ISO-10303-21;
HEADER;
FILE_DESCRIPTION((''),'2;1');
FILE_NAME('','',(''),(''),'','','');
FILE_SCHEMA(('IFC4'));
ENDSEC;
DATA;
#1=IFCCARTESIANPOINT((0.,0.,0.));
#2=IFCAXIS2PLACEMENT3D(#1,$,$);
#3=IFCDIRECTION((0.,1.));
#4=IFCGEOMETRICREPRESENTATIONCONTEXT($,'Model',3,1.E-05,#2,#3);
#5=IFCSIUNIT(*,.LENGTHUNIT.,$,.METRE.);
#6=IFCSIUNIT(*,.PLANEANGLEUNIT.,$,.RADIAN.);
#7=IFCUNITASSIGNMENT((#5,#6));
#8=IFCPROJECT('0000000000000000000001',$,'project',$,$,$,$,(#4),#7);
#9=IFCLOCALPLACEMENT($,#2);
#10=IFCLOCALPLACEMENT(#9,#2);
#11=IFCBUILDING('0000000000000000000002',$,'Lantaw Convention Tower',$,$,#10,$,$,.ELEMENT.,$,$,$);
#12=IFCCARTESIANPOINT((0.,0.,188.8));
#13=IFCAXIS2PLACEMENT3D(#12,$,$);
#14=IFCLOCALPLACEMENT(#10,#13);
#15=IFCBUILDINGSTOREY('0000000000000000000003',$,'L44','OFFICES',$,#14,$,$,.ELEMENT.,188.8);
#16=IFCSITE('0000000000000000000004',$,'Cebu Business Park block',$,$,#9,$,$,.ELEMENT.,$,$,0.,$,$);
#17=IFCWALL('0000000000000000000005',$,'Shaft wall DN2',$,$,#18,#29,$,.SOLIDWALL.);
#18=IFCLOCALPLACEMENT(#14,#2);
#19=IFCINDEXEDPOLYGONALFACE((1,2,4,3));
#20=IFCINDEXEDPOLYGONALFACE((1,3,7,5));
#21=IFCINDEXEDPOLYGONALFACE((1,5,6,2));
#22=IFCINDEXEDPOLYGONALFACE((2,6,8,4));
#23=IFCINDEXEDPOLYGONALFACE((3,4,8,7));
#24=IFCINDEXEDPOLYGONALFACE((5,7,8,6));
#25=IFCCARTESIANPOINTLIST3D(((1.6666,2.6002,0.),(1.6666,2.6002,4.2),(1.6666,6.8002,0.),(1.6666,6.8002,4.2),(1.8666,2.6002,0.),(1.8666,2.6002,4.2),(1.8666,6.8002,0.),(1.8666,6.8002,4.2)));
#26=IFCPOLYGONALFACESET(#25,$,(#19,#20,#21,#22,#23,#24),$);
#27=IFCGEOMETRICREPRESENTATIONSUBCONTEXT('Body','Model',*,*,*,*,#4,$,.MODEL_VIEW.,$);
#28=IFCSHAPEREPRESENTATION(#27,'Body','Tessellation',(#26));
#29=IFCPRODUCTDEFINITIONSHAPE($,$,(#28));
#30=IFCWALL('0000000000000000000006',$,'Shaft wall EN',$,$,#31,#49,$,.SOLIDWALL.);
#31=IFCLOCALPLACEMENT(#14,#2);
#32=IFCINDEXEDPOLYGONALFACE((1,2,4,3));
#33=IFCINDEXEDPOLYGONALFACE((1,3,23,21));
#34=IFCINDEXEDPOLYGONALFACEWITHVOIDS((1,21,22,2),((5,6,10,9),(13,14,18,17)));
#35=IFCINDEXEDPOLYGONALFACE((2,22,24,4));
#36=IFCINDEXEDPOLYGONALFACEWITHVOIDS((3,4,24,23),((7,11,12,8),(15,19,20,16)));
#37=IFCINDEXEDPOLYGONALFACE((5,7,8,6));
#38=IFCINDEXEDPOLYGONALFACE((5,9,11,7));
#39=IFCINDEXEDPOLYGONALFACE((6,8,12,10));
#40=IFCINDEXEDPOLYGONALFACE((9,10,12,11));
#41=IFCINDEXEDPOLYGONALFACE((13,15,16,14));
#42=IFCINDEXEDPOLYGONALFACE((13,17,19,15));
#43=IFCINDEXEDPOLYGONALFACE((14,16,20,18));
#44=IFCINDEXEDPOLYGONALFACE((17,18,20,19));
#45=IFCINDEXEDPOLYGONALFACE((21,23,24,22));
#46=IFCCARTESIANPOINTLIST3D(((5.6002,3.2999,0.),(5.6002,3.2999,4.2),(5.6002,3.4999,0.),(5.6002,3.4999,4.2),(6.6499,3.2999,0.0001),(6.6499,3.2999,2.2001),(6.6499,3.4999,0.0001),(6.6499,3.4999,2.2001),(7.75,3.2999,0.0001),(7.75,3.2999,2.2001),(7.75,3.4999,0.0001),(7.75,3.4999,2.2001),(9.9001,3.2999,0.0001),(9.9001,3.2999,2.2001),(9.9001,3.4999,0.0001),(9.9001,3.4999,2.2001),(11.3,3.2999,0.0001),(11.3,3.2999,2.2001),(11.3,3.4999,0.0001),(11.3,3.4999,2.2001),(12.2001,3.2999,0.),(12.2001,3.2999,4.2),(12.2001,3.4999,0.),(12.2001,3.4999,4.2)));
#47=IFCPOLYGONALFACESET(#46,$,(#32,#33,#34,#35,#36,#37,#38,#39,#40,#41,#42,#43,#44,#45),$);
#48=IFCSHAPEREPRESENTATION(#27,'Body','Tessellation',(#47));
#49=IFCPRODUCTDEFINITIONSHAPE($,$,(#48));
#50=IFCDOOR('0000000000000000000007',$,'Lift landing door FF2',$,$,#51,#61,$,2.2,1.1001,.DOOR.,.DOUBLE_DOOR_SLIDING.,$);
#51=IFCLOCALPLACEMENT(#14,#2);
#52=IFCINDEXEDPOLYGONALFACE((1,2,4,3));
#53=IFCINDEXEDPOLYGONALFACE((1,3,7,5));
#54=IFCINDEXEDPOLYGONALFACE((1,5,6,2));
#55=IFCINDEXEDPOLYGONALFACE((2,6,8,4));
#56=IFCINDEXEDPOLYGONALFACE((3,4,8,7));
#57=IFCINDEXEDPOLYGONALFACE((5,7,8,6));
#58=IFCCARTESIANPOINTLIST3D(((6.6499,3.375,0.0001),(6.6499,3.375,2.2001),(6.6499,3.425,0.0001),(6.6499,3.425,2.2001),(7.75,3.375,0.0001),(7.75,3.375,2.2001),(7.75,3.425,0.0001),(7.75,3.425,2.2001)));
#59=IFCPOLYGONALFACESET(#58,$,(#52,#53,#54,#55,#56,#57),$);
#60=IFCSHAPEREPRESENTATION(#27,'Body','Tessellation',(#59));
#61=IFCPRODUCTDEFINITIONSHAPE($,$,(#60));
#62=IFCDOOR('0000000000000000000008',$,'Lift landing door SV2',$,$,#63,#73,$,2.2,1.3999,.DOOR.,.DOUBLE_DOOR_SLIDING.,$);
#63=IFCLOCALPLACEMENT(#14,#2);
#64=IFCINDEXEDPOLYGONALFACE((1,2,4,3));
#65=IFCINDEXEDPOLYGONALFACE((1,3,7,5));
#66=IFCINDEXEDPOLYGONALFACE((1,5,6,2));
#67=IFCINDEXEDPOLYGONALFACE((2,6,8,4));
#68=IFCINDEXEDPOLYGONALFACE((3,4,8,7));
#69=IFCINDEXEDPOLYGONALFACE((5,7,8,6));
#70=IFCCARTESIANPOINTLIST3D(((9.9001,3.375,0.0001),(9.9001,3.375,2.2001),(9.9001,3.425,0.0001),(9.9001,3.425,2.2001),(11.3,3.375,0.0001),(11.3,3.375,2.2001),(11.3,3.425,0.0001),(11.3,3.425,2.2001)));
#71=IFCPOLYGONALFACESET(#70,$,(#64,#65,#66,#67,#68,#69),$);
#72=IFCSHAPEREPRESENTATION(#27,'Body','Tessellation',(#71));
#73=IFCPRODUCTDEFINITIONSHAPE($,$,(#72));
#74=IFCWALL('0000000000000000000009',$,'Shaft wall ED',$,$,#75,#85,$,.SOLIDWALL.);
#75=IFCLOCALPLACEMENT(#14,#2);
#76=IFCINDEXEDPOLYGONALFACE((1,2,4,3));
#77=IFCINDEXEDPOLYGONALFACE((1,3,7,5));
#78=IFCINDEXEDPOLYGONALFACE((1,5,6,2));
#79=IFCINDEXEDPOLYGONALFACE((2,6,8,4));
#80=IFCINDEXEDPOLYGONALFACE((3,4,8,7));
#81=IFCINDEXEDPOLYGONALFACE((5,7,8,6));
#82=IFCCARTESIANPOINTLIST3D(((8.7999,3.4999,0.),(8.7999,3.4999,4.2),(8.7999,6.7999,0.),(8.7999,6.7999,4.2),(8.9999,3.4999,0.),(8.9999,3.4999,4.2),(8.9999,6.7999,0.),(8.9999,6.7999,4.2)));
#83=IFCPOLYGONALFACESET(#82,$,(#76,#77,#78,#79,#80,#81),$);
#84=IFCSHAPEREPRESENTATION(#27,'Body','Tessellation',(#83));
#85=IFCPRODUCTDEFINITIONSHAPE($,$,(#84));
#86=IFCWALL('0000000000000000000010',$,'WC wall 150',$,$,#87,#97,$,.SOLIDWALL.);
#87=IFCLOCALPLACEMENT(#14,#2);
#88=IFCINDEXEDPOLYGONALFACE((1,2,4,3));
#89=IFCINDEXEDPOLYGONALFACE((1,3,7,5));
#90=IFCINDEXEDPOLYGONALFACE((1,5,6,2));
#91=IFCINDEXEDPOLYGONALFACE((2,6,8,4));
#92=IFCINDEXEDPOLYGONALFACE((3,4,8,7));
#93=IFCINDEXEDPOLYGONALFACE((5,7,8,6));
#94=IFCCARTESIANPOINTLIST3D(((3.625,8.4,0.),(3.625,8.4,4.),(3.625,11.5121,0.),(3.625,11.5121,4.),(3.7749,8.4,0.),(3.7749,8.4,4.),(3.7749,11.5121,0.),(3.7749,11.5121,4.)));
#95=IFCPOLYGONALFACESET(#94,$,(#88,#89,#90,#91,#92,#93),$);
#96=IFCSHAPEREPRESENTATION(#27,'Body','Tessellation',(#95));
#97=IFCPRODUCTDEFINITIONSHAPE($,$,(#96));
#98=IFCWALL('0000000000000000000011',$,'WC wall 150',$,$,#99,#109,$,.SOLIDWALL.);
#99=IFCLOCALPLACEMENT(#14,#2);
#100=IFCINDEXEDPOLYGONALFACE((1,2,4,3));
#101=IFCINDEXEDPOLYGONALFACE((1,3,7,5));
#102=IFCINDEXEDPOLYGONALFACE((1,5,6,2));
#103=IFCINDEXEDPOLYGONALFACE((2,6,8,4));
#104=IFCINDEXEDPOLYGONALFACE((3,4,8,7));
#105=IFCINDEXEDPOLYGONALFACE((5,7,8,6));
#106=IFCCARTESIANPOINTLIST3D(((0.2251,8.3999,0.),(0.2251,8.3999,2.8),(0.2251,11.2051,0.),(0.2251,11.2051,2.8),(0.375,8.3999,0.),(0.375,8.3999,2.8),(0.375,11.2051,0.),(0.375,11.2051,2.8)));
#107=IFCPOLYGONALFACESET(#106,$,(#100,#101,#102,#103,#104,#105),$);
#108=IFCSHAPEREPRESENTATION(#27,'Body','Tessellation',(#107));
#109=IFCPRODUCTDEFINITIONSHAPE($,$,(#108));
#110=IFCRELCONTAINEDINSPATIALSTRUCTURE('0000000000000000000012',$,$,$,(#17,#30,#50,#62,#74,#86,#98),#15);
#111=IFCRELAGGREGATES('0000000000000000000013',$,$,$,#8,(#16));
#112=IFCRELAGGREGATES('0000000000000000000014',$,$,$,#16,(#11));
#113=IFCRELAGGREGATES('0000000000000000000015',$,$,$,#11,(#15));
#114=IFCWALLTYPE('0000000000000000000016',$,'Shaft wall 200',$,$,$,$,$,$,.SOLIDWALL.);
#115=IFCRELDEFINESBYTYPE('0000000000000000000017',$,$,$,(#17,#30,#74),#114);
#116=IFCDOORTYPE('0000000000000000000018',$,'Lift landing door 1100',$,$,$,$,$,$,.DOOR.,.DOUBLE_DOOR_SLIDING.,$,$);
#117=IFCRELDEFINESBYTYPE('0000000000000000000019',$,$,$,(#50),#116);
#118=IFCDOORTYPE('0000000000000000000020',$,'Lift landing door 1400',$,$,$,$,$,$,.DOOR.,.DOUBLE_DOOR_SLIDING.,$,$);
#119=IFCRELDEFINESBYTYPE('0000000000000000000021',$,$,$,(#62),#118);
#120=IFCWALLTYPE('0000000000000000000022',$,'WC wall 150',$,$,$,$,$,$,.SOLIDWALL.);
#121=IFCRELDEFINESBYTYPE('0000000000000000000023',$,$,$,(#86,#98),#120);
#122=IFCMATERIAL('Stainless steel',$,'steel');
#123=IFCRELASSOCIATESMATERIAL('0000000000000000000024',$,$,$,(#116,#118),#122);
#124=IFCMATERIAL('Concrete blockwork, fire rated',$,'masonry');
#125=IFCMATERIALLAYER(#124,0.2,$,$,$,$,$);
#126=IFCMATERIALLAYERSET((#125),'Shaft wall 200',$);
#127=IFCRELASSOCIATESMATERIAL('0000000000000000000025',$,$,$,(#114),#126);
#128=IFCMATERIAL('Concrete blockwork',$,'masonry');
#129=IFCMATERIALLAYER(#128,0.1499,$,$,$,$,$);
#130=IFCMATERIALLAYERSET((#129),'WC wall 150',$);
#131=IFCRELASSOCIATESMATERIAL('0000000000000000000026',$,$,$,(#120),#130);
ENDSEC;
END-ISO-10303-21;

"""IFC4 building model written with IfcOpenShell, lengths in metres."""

from ifc_helpers import new_model, si_unit, direction, frame, frame_2d, origin, place, context, subcontext, project, spatial, rectangle, extrude, material, layer, layer_set, type_object, element, fill, save


model = new_model("IFC4")

# Units and contexts
model_context = context("Model", 3, precision=1e-05, world=origin(), true_north=direction((0.0, 1.0)))
body_context = subcontext(model_context, "Body", "Model", "MODEL_VIEW")
ifc_project = project(units=[si_unit("LENGTHUNIT", "METRE"), si_unit("PLANEANGLEUNIT", "RADIAN")], contexts=[model_context])

# Site, building, storey
site_placement = place(None, origin())
site = spatial("IfcSite", under=ifc_project, at=site_placement, Name="Cebu Business Park block", CompositionType="ELEMENT", RefElevation=0.0)
building_placement = place(site_placement, origin())
building = spatial("IfcBuilding", under=site, at=building_placement, Name="Lantaw Convention Tower", CompositionType="ELEMENT")
storey_placement = place(building_placement, frame((0.0, 0.0, 188.8)))
storey = spatial("IfcBuildingStorey", under=building, at=storey_placement, Name="L44", Description="OFFICES", CompositionType="ELEMENT", Elevation=188.8)

# Shared definitions
ifc_material_1 = material(Name="Stainless steel", Category="steel")
door_type_1 = type_object("IfcDoorType", Name="Lift landing door 1100", OperationType="DOUBLE_DOOR_SLIDING", PredefinedType="DOOR", material=ifc_material_1)

# Wall
ifc_material_2 = material(Name="Concrete blockwork, fire rated", Category="masonry")
ifc_layer_1 = layer(ifc_material_2, 0.2)
ifc_layer_set_1 = layer_set([ifc_layer_1], Name="Shaft wall 200")
wall_type_1 = type_object("IfcWallType", Name="Shaft wall 200", PredefinedType="SOLIDWALL", material=ifc_layer_set_1)
wall_1_placement = place(storey_placement, frame((1.7666, 2.6001, 0.0), z_axis=(0.0, 0.0, 1.0), x_axis=(0.0, 1.0, 0.0)))
element("IfcWall", 1, at=wall_1_placement, inside=storey, type_object=wall_type_1, Name="Shaft wall DN2", PredefinedType="SOLIDWALL", context=body_context, shape_type="SweptSolid", body=[
    extrude(rectangle(XDim=4.2, YDim=0.2, at=frame_2d((2.1001, 0.0))), origin(), (0.0, 0.0, 1.0), 4.2),
])

# Wall, openings, doors
wall_2_placement = place(storey_placement, frame((12.2, 3.3999, 0.0), z_axis=(0.0, 0.0, 1.0), x_axis=(-1.0, 0.0, 0.0)))
wall_2 = element("IfcWall", 2, at=wall_2_placement, inside=storey, type_object=wall_type_1, Name="Shaft wall EN", PredefinedType="SOLIDWALL", context=body_context, shape_type="SweptSolid", body=[
    extrude(rectangle(XDim=6.5999, YDim=0.2, at=frame_2d((3.2998, 0.0))), origin(), (0.0, 0.0, 1.0), 4.2),
])
opening_1_placement = place(wall_2_placement, frame((4.45, 0.0, 0.0)))
opening_1 = element("IfcOpeningElement", 3, at=opening_1_placement, cuts=wall_2, PredefinedType="OPENING", context=body_context, shape_type="SweptSolid", body=[
    extrude(rectangle(XDim=1.1001, YDim=2.2, at=frame_2d((0.55, 1.1001))), frame((0.0, 0.1099, 0.0), z_axis=(0.0, -1.0, 0.0), x_axis=(1.0, 0.0, 0.0)), (0.0, 0.0, 1.0), 0.22),
])
opening_2_placement = place(wall_2_placement, frame((0.8999, 0.0, 0.0)))
opening_2 = element("IfcOpeningElement", 4, at=opening_2_placement, cuts=wall_2, PredefinedType="OPENING", context=body_context, shape_type="SweptSolid", body=[
    extrude(rectangle(XDim=1.3999, YDim=2.2, at=frame_2d((0.7, 1.1001))), frame((0.0, 0.1099, 0.0), z_axis=(0.0, -1.0, 0.0), x_axis=(1.0, 0.0, 0.0)), (0.0, 0.0, 1.0), 0.22),
])
door_1_placement = place(opening_1_placement, origin())
door_1 = element("IfcDoor", 5, at=door_1_placement, inside=storey, type_object=door_type_1, Name="Lift landing door FF2", OperationType="DOUBLE_DOOR_SLIDING", OverallHeight=2.2, OverallWidth=1.1001, PredefinedType="DOOR", context=body_context, shape_type="SweptSolid", body=[
    extrude(rectangle(XDim=1.1001, YDim=2.2, at=frame_2d((0.55, 1.1001))), frame((0.0, 0.0249, 0.0), z_axis=(0.0, -1.0, 0.0), x_axis=(1.0, 0.0, 0.0)), (0.0, 0.0, 1.0), 0.05),
])
fill(opening_1, door_1)
door_type_2 = type_object("IfcDoorType", Name="Lift landing door 1400", OperationType="DOUBLE_DOOR_SLIDING", PredefinedType="DOOR", material=ifc_material_1)
door_2_placement = place(opening_2_placement, origin())
door_2 = element("IfcDoor", 6, at=door_2_placement, inside=storey, type_object=door_type_2, Name="Lift landing door SV2", OperationType="DOUBLE_DOOR_SLIDING", OverallHeight=2.2, OverallWidth=1.3999, PredefinedType="DOOR", context=body_context, shape_type="SweptSolid", body=[
    extrude(rectangle(XDim=1.3999, YDim=2.2, at=frame_2d((0.7, 1.1001))), frame((0.0, 0.0249, 0.0), z_axis=(0.0, -1.0, 0.0), x_axis=(1.0, 0.0, 0.0)), (0.0, 0.0, 1.0), 0.05),
])
fill(opening_2, door_2)

# Walls
wall_3_placement = place(storey_placement, frame((8.8999, 3.5, 0.0), z_axis=(0.0, 0.0, 1.0), x_axis=(0.0, 1.0, 0.0)))
element("IfcWall", 7, at=wall_3_placement, inside=storey, type_object=wall_type_1, Name="Shaft wall ED", PredefinedType="SOLIDWALL", context=body_context, shape_type="SweptSolid", body=[
    extrude(rectangle(XDim=3.3, YDim=0.2, at=frame_2d((1.6499, 0.0))), origin(), (0.0, 0.0, 1.0), 4.2),
])
ifc_material_3 = material(Name="Concrete blockwork", Category="masonry")
ifc_layer_2 = layer(ifc_material_3, 0.1499)
ifc_layer_set_2 = layer_set([ifc_layer_2], Name="WC wall 150")
wall_type_2 = type_object("IfcWallType", Name="WC wall 150", PredefinedType="SOLIDWALL", material=ifc_layer_set_2)
wall_4_placement = place(storey_placement, frame((3.7, 8.3999, 0.0), z_axis=(0.0, 0.0, 1.0), x_axis=(0.0, 1.0, 0.0)))
element("IfcWall", 8, at=wall_4_placement, inside=storey, type_object=wall_type_2, Name="WC wall 150", PredefinedType="SOLIDWALL", context=body_context, shape_type="SweptSolid", body=[
    extrude(rectangle(XDim=3.1121, YDim=0.1499, at=frame_2d((1.5562, 0.0))), origin(), (0.0, 0.0, 1.0), 4.0),
])
wall_5_placement = place(storey_placement, frame((0.3, 8.3999, 0.0), z_axis=(0.0, 0.0, 1.0), x_axis=(0.0, 1.0, 0.0)))
element("IfcWall", 9, at=wall_5_placement, inside=storey, type_object=wall_type_2, Name="WC wall 150", PredefinedType="SOLIDWALL", context=body_context, shape_type="SweptSolid", body=[
    extrude(rectangle(XDim=2.8052, YDim=0.1499, at=frame_2d((1.4026, 0.0))), origin(), (0.0, 0.0, 1.0), 2.8),
])

save(model, "model.ifc")
